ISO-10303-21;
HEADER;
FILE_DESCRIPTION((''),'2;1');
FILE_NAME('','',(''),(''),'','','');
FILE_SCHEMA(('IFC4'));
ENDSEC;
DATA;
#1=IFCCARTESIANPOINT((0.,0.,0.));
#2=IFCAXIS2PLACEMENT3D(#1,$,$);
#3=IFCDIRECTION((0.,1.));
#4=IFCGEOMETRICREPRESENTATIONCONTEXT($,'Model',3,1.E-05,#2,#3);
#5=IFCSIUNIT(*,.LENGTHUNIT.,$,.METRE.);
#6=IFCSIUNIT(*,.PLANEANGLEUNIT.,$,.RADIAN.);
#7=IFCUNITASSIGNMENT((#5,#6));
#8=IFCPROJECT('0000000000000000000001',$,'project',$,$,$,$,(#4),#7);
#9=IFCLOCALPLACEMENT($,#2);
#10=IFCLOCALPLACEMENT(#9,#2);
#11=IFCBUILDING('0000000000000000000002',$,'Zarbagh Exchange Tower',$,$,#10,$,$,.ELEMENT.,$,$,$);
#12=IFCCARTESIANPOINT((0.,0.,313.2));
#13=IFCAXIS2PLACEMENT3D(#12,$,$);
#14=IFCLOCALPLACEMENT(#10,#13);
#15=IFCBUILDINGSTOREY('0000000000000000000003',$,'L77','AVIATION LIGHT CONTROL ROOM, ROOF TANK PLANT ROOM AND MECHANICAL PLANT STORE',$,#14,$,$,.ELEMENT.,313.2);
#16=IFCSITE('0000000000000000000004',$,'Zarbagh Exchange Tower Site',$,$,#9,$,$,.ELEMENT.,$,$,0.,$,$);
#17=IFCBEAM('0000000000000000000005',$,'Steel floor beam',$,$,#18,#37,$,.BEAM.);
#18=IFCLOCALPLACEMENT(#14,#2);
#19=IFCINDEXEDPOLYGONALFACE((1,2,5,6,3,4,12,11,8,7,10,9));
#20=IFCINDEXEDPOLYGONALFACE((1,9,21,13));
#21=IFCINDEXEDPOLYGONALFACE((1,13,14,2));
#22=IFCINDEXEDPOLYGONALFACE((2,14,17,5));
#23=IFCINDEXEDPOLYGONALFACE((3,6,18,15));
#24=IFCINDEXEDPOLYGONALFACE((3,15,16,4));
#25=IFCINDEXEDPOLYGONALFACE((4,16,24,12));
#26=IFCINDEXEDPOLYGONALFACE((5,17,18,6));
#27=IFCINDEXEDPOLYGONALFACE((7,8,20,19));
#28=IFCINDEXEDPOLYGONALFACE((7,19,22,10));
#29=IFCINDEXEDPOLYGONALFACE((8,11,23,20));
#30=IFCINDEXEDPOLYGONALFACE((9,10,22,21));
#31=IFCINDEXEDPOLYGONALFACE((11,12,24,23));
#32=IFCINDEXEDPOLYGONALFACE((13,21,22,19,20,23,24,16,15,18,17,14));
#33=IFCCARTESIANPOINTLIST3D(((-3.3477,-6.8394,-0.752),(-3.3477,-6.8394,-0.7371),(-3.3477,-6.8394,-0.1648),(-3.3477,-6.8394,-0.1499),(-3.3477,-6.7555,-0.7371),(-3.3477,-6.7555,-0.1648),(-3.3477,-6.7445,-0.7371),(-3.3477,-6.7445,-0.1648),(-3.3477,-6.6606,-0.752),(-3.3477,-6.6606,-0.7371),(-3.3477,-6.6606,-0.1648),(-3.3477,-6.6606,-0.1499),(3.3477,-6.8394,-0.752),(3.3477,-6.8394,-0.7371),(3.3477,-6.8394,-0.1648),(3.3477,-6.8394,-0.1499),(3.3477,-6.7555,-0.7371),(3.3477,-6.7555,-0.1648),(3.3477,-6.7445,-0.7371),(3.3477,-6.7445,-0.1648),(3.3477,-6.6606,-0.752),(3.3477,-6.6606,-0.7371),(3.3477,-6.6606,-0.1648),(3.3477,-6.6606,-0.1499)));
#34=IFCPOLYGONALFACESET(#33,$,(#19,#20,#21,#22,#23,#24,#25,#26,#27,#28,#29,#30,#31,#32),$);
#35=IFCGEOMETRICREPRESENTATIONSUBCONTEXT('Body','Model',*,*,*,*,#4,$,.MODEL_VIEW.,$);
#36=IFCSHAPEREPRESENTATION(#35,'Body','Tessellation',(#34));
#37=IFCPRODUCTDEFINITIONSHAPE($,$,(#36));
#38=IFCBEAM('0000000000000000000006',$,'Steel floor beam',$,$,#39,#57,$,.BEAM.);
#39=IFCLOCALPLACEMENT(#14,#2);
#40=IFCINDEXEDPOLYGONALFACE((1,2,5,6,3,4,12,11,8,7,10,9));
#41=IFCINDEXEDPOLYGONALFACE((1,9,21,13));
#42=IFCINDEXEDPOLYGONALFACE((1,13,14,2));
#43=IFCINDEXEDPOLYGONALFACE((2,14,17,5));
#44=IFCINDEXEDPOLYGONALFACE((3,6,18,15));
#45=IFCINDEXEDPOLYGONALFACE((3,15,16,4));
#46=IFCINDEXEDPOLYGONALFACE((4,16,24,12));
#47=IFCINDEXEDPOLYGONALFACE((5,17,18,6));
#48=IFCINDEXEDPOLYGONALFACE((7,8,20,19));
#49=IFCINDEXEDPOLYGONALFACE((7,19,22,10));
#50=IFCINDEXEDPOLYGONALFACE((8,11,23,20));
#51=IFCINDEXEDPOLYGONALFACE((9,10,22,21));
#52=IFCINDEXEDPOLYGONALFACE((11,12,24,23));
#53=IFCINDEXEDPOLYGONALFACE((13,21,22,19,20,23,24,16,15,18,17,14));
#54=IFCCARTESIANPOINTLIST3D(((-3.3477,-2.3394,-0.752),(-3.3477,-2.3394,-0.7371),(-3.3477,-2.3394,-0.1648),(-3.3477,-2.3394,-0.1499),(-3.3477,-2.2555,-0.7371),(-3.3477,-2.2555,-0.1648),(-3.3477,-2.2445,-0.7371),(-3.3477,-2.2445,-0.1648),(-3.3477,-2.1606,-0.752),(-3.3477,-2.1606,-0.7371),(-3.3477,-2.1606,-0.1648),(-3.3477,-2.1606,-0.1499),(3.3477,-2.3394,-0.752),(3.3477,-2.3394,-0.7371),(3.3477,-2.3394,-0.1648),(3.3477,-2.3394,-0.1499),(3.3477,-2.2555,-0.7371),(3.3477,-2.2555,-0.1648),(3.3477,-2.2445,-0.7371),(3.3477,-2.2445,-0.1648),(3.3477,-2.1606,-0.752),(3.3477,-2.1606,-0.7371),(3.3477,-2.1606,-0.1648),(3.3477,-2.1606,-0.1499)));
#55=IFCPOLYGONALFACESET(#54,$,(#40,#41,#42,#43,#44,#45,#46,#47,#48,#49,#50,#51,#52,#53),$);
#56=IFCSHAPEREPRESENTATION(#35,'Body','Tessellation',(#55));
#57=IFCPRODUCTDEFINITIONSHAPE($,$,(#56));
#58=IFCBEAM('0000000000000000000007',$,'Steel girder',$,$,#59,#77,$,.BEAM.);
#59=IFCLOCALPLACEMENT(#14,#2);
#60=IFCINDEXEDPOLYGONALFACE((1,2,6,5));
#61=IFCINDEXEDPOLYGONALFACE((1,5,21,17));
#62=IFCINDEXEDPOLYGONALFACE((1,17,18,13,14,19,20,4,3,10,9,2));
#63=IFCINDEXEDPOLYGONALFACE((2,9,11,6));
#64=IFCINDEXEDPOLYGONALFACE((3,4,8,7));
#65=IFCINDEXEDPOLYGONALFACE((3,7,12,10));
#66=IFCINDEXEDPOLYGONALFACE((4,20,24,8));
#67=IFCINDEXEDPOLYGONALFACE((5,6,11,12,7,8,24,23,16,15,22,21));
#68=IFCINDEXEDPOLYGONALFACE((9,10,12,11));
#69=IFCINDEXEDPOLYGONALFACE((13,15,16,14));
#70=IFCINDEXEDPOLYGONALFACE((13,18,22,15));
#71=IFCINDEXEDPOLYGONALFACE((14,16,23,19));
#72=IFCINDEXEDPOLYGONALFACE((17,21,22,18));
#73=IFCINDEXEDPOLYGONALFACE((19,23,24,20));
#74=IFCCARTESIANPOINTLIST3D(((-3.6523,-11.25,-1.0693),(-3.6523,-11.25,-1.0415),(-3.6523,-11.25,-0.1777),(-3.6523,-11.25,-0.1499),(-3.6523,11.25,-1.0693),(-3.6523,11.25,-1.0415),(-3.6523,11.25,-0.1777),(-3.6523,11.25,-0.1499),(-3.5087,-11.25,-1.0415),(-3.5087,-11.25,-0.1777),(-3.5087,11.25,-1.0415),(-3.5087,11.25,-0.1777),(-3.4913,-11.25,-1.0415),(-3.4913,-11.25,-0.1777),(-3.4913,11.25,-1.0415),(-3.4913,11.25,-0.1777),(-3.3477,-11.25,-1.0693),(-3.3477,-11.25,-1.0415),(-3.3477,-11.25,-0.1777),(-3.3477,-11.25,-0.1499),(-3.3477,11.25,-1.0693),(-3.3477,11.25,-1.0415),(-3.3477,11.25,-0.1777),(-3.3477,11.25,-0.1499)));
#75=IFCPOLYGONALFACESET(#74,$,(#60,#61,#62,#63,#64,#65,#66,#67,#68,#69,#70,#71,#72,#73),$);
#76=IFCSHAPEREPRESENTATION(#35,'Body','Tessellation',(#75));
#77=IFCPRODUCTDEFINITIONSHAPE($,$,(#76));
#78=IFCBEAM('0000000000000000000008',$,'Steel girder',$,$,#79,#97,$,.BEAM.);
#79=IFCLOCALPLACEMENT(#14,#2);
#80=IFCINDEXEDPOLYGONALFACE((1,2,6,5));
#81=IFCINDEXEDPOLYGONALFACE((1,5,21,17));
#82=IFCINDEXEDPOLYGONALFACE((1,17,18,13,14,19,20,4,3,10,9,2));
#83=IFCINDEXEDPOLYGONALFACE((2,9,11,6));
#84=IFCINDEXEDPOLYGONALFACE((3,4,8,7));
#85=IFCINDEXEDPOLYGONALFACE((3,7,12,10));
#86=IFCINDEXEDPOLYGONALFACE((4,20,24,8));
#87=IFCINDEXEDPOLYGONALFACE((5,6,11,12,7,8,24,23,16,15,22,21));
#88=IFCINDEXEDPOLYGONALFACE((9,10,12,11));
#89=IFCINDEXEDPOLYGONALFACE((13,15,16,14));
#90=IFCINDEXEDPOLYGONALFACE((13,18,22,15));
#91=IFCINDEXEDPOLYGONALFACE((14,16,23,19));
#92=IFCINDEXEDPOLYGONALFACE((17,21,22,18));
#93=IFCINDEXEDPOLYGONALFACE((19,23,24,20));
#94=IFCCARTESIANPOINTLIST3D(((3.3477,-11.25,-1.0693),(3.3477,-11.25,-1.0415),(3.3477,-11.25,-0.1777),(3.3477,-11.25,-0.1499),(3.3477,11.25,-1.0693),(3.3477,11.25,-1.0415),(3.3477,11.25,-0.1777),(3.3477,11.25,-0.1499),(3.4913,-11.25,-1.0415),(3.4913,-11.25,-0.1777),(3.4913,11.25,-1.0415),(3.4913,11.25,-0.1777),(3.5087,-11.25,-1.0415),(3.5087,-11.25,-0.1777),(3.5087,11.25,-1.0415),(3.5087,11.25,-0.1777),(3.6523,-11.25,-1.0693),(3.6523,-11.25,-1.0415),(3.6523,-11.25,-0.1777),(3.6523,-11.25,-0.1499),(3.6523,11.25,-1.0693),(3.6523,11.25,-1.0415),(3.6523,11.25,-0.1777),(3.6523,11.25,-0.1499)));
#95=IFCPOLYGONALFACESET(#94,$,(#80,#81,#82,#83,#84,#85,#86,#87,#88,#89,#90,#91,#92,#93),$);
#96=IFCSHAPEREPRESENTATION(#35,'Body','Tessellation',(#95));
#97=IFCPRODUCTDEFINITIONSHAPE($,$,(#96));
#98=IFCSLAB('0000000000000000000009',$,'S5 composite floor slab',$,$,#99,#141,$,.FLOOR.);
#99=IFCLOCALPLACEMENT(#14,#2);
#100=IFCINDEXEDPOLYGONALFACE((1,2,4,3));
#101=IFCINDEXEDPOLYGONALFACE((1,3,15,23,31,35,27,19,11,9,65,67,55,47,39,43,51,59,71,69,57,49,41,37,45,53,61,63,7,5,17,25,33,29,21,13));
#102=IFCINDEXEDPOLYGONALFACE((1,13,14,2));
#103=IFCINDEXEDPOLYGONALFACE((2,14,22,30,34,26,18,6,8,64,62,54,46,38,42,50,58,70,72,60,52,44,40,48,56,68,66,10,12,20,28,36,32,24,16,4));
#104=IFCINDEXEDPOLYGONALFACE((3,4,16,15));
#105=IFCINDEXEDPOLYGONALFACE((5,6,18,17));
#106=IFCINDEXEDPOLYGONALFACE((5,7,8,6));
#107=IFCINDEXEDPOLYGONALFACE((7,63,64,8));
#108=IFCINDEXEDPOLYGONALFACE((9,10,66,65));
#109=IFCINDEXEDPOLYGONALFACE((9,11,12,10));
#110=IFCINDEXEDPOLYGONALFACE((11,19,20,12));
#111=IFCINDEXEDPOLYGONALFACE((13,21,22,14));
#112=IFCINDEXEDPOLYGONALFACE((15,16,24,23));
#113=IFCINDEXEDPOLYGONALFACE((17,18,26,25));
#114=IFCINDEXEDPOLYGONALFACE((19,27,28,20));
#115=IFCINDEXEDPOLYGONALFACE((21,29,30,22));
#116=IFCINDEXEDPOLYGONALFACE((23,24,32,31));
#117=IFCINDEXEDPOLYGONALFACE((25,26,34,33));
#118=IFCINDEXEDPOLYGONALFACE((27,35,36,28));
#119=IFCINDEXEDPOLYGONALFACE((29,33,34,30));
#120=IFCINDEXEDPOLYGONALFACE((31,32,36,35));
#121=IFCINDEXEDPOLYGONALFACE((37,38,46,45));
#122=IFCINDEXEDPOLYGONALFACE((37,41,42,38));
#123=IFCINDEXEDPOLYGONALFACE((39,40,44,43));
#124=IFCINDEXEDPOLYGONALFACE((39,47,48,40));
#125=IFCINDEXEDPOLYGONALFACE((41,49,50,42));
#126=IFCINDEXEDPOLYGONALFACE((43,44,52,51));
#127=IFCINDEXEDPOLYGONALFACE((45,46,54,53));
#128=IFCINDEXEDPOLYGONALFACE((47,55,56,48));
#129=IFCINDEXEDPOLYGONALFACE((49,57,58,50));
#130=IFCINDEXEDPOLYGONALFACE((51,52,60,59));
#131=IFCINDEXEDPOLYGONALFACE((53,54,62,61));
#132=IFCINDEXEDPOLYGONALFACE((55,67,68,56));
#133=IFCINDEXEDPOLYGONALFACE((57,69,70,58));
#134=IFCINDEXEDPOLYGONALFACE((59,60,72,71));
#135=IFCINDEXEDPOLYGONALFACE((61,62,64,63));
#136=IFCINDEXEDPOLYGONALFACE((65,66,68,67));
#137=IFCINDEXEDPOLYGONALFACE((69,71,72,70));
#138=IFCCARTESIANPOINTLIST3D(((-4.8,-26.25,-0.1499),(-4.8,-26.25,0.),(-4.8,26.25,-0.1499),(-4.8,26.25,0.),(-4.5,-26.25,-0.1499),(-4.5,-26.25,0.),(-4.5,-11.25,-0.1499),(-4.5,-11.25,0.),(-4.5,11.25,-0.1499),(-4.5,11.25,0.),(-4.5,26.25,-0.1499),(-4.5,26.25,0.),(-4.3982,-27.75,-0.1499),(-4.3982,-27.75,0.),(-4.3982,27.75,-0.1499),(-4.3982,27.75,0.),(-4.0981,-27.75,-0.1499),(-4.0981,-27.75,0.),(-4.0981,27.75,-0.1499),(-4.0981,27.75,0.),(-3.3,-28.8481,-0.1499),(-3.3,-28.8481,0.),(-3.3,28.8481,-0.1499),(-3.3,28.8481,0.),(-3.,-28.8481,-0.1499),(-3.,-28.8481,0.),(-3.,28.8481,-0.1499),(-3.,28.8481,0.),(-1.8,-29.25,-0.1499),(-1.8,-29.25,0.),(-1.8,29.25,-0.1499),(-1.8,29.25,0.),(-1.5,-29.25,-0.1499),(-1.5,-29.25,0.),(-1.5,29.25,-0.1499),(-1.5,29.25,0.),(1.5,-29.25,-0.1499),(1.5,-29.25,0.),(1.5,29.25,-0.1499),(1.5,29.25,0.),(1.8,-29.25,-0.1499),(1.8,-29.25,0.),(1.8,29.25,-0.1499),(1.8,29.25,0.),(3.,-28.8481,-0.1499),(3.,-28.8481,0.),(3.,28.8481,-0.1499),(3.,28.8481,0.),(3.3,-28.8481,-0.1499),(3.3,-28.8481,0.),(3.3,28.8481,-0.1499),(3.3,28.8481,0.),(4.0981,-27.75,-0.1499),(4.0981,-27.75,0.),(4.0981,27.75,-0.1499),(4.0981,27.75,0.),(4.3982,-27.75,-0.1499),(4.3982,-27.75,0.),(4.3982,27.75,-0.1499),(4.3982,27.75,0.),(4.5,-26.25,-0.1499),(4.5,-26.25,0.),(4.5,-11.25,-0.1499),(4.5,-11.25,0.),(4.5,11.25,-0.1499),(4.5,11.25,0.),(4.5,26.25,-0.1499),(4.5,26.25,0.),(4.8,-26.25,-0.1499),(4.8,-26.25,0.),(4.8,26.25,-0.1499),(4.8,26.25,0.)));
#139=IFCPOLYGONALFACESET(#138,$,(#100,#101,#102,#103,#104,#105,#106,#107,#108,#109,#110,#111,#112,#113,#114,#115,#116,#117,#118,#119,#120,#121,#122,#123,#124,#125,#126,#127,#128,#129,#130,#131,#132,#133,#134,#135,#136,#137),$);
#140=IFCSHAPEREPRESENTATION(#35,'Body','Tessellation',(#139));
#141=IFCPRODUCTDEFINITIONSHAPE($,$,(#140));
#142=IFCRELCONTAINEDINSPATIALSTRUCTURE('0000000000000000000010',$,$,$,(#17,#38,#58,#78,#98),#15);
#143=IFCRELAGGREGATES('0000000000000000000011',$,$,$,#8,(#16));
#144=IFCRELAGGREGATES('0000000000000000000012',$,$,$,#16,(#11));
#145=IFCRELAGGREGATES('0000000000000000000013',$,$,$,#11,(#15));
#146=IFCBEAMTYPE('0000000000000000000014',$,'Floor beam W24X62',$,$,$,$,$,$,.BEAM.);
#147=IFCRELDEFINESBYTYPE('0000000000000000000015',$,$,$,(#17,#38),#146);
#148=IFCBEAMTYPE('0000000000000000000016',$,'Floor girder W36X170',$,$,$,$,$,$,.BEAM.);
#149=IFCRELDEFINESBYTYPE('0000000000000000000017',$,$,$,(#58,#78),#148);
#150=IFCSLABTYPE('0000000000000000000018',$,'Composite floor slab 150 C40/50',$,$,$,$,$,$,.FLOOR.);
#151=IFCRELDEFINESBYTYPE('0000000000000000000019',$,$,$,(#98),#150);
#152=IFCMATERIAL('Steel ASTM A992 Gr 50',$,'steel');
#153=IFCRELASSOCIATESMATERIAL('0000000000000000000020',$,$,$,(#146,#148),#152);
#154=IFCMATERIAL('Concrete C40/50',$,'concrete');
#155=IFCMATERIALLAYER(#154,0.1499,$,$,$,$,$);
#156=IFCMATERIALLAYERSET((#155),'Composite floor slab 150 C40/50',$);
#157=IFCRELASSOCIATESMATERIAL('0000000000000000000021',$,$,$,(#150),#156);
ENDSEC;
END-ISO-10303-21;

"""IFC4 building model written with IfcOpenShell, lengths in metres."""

from ifc_helpers import new_model, si_unit, direction, frame, origin, origin_2d, place, context, subcontext, project, spatial, polyline, i_section, outline, extrude, material, layer, layer_set, material_profile, profile_set, type_object, element, save


model = new_model("IFC4")

# Units and contexts
model_context = context("Model", 3, precision=1e-05, world=origin(), true_north=direction((0.0, 1.0)))
body_context = subcontext(model_context, "Body", "Model", "MODEL_VIEW")
ifc_project = project(units=[si_unit("LENGTHUNIT", "METRE"), si_unit("PLANEANGLEUNIT", "RADIAN")], contexts=[model_context])

# Site, building, storey
site_placement = place(None, origin())
site = spatial("IfcSite", under=ifc_project, at=site_placement, Name="Zarbagh Exchange Tower Site", CompositionType="ELEMENT", RefElevation=0.0)
building_placement = place(site_placement, origin())
building = spatial("IfcBuilding", under=site, at=building_placement, Name="Zarbagh Exchange Tower", CompositionType="ELEMENT")
storey_placement = place(building_placement, frame((0.0, 0.0, 313.2)))
storey = spatial("IfcBuildingStorey", under=building, at=storey_placement, Name="L77", Description="AVIATION LIGHT CONTROL ROOM, ROOF TANK PLANT ROOM AND MECHANICAL PLANT STORE", CompositionType="ELEMENT", Elevation=313.2)

# Beams
ifc_material_1 = material(Name="Steel ASTM A992 Gr 50", Category="steel")
ifc_material_profile_1 = material_profile(ifc_material_1, i_section(OverallWidth=0.1787, OverallDepth=0.6021, WebThickness=0.011, FlangeThickness=0.0149, at=origin_2d()), Name="W24X62")
ifc_profile_set_1 = profile_set([ifc_material_profile_1], Name="Steel ASTM A992 Gr 50")
beam_type_1 = type_object("IfcBeamType", Name="Floor beam W24X62", PredefinedType="BEAM", material=ifc_profile_set_1)
for number, where, z_axis, x_axis, name in (
    (1, (-3.3477, -6.75, -0.4509), (1.0, 0.0, 0.0), (0.0, 1.0, 0.0), "Steel floor beam"),
    (2, (-3.3477, -2.25, -0.4509), (1.0, 0.0, 0.0), (0.0, 1.0, 0.0), "Steel floor beam"),
):
    element("IfcBeam", number, at=place(storey_placement, frame(where, z_axis=z_axis, x_axis=x_axis)), inside=storey, type_object=beam_type_1, Name=name, PredefinedType="BEAM", context=body_context, shape_type="SweptSolid", body=[
        extrude(i_section(OverallWidth=0.1787, OverallDepth=0.6021, WebThickness=0.011, FlangeThickness=0.0149, at=origin_2d()), origin(), (0.0, 0.0, 1.0), 6.6953),
    ])
ifc_material_profile_2 = material_profile(ifc_material_1, i_section(OverallWidth=0.3047, OverallDepth=0.9194, WebThickness=0.0173, FlangeThickness=0.0278, at=origin_2d()), Name="W36X170")
ifc_profile_set_2 = profile_set([ifc_material_profile_2], Name="Steel ASTM A992 Gr 50")
beam_type_2 = type_object("IfcBeamType", Name="Floor girder W36X170", PredefinedType="BEAM", material=ifc_profile_set_2)
for number, where, z_axis, x_axis, name in (
    (3, (-3.5, -11.25, -0.6096), (0.0, 1.0, 0.0), (-1.0, 0.0, 0.0), "Steel girder"),
    (4, (3.5, -11.25, -0.6096), (0.0, 1.0, 0.0), (-1.0, 0.0, 0.0), "Steel girder"),
):
    element("IfcBeam", number, at=place(storey_placement, frame(where, z_axis=z_axis, x_axis=x_axis)), inside=storey, type_object=beam_type_2, Name=name, PredefinedType="BEAM", context=body_context, shape_type="SweptSolid", body=[
        extrude(i_section(OverallWidth=0.3047, OverallDepth=0.9194, WebThickness=0.0173, FlangeThickness=0.0278, at=origin_2d()), origin(), (0.0, 0.0, 1.0), 22.5),
    ])

# Slab
ifc_material_2 = material(Name="Concrete C40/50", Category="concrete")
ifc_layer_1 = layer(ifc_material_2, 0.1499)
ifc_layer_set_1 = layer_set([ifc_layer_1], Name="Composite floor slab 150 C40/50")
slab_type_1 = type_object("IfcSlabType", Name="Composite floor slab 150 C40/50", PredefinedType="FLOOR", material=ifc_layer_set_1)
slab_1_placement = place(storey_placement, frame((0.0, 0.0, -0.1499)))
element("IfcSlab", 5, at=slab_1_placement, inside=storey, type_object=slab_type_1, Name="S5 composite floor slab", PredefinedType="FLOOR", context=body_context, shape_type="SweptSolid", body=[
    extrude(outline(polyline([(1.5, -29.25), (3.0, -28.8481), (4.0981, -27.75), (4.5, -26.25), (4.5, -11.25), (-4.5, -11.25), (-4.5, -26.25), (-4.0981, -27.75), (-3.0, -28.8481), (-1.5, -29.25), (-1.8, -29.25), (-3.3, -28.8481), (-4.3982, -27.75), (-4.8, -26.25), (-4.8, 26.25), (-4.3982, 27.75), (-3.3, 28.8481), (-1.8, 29.25), (-1.5, 29.25), (-3.0, 28.8481), (-4.0981, 27.75), (-4.5, 26.25), (-4.5, 11.25), (4.5, 11.25), (4.5, 26.25), (4.0981, 27.75), (3.0, 28.8481), (1.5, 29.25), (1.8, 29.25), (3.3, 28.8481), (4.3982, 27.75), (4.8, 26.25), (4.8, -26.25), (4.3982, -27.75), (3.3, -28.8481), (1.8, -29.25), (1.5, -29.25)])), origin(), (0.0, 0.0, 1.0), 0.1499),
])

save(model, "model.ifc")
